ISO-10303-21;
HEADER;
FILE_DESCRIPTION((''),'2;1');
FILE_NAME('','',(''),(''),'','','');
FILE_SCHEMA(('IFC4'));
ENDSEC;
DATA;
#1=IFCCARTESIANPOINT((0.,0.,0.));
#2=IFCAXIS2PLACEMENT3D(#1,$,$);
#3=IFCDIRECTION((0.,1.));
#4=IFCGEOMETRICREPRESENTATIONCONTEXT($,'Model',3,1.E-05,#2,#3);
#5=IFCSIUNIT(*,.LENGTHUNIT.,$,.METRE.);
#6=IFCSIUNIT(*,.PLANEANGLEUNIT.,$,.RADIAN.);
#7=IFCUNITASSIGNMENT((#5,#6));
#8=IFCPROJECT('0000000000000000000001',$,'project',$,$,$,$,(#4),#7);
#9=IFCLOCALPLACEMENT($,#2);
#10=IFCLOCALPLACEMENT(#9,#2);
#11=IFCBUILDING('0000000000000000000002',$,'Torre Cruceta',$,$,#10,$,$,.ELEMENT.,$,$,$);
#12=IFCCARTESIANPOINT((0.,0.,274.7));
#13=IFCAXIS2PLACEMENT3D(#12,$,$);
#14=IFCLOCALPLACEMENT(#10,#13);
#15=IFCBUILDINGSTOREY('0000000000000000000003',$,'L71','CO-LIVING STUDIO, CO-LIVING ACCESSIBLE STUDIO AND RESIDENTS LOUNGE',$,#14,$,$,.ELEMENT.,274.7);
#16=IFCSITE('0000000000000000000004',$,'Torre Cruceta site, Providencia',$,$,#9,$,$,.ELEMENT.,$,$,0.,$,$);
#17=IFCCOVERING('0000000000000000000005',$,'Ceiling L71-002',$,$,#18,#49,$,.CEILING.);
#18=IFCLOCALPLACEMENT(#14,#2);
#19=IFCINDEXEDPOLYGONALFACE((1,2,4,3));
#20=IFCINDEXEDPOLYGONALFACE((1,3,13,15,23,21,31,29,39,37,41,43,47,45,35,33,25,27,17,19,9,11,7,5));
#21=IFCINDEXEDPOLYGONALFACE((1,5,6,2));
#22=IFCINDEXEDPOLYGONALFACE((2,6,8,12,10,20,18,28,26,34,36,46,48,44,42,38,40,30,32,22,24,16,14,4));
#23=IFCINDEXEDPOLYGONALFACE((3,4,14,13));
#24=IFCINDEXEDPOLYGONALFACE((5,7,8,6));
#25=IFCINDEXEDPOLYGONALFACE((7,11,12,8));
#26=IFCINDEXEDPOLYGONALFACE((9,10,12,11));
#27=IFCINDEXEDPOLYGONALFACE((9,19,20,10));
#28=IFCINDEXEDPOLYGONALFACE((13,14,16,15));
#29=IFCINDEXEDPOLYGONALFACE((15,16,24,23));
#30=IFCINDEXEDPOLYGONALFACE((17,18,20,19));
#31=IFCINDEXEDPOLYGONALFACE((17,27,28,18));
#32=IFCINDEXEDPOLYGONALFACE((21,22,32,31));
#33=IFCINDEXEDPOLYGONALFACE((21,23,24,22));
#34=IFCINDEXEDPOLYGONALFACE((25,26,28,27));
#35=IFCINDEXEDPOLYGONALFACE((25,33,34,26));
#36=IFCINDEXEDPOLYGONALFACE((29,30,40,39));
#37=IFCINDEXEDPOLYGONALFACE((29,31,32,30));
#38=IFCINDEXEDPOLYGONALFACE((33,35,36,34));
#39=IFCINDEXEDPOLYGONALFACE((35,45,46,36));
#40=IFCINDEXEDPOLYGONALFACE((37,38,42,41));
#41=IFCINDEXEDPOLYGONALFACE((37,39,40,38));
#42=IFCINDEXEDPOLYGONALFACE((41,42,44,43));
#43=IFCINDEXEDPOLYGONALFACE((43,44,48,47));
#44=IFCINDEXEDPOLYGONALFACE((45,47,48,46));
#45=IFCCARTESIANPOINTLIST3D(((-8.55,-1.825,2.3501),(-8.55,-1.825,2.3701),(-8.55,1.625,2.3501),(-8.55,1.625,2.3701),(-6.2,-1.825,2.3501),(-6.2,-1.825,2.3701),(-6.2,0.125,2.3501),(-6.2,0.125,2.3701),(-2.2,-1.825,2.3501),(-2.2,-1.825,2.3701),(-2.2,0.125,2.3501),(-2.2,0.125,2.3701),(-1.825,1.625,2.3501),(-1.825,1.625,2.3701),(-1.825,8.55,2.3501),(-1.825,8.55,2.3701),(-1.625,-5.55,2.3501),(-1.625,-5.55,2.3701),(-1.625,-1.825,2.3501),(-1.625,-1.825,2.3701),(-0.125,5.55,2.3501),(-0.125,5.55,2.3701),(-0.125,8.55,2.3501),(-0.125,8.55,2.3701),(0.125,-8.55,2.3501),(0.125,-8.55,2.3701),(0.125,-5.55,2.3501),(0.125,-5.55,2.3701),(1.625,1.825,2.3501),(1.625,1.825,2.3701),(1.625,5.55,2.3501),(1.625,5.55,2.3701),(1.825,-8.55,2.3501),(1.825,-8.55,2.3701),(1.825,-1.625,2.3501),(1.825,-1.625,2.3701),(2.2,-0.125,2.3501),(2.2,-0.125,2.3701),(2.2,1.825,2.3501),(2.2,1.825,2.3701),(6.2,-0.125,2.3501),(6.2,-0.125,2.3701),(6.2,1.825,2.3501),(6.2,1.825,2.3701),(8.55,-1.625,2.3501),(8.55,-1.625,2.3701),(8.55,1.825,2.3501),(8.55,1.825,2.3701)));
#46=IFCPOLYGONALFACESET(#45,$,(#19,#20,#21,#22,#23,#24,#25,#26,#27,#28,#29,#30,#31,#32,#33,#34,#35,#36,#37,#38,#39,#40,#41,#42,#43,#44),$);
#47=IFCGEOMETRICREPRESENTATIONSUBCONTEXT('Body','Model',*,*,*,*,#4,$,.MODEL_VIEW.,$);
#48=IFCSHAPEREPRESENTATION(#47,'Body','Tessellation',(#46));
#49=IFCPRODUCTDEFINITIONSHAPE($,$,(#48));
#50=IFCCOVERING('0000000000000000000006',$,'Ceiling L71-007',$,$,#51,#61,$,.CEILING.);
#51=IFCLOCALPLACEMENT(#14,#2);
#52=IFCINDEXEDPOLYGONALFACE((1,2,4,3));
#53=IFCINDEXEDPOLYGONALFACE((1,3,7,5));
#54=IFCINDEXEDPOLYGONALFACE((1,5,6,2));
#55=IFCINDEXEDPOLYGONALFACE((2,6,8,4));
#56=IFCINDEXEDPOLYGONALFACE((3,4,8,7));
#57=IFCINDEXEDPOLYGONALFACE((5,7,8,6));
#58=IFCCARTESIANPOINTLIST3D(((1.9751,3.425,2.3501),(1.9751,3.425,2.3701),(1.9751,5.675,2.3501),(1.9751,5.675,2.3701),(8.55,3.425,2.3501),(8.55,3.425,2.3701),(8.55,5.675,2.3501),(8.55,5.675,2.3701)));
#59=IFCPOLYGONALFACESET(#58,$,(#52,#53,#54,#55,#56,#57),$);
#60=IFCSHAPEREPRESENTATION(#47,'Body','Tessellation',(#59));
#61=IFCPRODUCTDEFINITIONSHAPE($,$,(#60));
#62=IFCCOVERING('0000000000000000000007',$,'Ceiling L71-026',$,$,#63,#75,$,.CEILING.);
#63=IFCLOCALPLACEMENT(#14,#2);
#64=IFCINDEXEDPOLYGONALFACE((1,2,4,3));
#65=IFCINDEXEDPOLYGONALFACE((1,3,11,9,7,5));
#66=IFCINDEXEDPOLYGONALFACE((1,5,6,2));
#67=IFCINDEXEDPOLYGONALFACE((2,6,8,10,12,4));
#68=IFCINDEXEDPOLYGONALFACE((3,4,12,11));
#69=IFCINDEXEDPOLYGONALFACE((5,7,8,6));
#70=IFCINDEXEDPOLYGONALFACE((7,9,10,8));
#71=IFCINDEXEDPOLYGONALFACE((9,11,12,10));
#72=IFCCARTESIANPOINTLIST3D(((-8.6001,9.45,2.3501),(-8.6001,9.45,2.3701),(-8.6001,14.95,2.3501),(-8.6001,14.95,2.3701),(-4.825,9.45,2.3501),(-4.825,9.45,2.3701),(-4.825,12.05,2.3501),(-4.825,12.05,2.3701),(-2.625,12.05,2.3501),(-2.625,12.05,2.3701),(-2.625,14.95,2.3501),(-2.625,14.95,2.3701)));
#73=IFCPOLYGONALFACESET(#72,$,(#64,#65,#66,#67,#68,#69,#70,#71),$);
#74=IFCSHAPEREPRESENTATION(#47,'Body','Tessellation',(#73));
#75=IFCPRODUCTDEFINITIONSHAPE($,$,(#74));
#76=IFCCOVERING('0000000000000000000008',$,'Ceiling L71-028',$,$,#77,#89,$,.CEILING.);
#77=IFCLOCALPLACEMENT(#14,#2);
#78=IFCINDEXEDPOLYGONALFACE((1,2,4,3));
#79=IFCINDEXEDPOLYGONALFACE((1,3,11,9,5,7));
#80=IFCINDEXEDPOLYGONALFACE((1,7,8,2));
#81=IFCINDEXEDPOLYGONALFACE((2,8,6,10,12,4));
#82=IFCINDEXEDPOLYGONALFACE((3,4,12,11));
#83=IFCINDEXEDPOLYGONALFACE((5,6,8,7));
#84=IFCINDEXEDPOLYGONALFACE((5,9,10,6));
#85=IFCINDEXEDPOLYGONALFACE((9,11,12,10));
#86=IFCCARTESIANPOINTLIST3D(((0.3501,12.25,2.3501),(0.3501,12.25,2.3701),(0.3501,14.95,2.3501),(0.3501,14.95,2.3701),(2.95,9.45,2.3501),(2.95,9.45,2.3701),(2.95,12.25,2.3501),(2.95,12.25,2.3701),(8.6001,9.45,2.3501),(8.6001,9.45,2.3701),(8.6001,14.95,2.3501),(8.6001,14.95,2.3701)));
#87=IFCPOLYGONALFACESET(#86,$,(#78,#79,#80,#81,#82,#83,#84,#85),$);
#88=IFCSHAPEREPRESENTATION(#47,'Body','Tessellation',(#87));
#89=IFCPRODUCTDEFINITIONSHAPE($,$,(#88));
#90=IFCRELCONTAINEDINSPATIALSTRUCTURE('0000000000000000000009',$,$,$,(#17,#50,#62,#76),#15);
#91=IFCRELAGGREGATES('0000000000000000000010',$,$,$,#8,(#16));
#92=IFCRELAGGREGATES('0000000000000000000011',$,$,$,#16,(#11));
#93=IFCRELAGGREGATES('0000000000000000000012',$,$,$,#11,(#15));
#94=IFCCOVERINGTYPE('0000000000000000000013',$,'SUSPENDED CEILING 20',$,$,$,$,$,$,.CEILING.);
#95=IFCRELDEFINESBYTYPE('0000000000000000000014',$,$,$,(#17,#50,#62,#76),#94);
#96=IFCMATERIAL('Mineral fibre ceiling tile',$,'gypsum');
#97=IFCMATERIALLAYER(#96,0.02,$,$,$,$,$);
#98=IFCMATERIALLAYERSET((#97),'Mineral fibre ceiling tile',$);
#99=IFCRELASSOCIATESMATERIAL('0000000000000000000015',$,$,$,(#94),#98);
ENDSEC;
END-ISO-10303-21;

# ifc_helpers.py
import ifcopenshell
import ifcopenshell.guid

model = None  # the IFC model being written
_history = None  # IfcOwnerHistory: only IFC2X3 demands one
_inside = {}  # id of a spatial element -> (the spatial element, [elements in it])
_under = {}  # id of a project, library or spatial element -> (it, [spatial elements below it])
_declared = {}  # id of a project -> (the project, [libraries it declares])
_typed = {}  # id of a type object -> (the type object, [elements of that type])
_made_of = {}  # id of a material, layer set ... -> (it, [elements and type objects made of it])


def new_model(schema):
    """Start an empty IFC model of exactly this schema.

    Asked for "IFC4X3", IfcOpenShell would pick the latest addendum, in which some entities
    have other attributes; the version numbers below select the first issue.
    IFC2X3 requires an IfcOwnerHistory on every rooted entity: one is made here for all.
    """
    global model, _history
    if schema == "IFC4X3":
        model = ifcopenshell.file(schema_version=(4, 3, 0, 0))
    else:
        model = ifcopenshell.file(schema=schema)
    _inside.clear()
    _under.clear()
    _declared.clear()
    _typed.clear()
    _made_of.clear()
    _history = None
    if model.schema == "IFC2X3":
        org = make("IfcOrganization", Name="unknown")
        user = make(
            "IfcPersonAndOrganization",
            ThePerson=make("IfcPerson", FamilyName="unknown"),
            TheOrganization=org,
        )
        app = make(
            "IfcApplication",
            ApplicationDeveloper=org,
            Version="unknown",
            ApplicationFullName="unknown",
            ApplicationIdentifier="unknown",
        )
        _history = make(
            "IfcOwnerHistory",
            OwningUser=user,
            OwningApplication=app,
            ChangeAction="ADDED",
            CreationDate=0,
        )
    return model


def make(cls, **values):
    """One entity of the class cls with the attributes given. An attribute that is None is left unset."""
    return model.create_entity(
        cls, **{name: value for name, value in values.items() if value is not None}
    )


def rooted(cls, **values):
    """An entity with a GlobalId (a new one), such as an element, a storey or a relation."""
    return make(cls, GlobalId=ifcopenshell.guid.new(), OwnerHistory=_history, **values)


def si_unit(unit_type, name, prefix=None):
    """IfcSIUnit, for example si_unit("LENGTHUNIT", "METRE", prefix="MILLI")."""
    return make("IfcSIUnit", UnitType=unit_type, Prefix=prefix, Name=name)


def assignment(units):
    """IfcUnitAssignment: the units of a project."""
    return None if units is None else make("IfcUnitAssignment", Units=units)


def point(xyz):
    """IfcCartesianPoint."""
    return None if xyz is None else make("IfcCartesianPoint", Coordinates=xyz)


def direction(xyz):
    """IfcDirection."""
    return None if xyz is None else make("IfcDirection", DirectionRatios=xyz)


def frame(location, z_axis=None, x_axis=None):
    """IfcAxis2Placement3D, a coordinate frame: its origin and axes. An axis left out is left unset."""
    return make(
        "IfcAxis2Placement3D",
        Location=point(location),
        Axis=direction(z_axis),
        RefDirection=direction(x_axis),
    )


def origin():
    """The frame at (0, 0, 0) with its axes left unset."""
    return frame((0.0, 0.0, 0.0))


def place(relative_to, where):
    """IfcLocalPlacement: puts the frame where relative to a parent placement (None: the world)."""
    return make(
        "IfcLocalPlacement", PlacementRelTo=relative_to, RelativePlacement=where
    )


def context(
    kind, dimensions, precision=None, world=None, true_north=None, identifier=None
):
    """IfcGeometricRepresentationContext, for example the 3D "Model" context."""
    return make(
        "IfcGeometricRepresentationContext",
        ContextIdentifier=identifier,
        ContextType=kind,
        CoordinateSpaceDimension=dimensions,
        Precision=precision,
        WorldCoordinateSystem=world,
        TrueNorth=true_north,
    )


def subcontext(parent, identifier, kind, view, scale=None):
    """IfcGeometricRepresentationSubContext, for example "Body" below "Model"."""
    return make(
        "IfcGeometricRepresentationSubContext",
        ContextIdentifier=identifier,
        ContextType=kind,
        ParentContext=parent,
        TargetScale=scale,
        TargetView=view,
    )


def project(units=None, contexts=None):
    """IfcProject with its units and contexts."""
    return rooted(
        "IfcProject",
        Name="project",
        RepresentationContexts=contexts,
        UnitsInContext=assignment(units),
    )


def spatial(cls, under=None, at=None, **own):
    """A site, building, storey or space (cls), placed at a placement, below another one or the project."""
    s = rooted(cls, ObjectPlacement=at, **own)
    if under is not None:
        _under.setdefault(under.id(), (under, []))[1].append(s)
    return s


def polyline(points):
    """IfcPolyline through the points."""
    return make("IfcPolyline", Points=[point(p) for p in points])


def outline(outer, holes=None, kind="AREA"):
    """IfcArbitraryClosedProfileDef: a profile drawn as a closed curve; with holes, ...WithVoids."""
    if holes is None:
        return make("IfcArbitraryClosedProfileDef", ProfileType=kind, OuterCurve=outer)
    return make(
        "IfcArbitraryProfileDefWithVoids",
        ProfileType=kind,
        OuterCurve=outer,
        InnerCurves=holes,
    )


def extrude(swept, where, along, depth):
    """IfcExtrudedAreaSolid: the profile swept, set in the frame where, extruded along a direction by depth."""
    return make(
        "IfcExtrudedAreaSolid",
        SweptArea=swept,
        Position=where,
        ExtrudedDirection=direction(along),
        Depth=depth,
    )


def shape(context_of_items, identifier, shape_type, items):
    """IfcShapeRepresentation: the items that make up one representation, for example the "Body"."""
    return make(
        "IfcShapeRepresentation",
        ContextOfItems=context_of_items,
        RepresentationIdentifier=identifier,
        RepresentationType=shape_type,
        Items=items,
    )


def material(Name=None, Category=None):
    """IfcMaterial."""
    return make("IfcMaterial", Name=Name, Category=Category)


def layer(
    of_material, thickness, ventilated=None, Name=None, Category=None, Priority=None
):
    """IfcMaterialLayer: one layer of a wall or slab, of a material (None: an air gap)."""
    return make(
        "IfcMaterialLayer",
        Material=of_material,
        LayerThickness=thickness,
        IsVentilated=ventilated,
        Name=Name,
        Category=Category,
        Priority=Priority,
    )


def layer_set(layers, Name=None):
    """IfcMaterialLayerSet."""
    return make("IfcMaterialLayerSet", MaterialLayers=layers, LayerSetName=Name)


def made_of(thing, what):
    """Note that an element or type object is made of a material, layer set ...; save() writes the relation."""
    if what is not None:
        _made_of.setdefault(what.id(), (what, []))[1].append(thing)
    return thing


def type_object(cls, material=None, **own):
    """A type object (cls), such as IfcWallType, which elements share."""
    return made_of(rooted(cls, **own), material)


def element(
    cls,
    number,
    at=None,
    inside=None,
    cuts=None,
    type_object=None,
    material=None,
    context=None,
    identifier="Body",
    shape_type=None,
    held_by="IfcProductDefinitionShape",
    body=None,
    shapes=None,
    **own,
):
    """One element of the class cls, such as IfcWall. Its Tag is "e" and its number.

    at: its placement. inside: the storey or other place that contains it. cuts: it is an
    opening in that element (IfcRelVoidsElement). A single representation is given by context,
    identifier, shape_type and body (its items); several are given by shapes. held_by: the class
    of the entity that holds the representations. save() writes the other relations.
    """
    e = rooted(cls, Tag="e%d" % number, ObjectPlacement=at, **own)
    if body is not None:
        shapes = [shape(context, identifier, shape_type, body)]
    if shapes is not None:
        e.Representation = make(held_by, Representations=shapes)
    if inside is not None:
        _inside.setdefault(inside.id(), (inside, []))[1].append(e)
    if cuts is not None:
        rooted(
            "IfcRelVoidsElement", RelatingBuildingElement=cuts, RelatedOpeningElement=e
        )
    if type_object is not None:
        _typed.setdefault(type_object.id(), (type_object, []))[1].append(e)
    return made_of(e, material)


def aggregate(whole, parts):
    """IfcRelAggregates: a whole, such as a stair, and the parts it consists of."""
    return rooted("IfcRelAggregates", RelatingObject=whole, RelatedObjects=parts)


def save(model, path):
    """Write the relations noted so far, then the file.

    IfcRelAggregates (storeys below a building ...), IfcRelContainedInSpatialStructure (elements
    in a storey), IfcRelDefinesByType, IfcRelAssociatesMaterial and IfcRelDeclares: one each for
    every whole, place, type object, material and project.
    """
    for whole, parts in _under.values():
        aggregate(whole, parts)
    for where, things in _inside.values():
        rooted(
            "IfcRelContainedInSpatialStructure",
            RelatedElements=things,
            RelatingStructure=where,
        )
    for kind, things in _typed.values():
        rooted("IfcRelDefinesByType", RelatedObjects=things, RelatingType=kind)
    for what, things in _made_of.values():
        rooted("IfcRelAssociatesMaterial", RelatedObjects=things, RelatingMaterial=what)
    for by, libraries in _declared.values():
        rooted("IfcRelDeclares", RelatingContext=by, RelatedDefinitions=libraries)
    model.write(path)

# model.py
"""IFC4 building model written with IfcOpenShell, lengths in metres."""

from ifc_helpers import new_model, si_unit, direction, frame, origin, place, context, subcontext, project, spatial, polyline, outline, extrude, material, layer, layer_set, type_object, element, save


model = new_model("IFC4")

# Units and contexts
model_context = context("Model", 3, precision=1e-05, world=origin(), true_north=direction((0.0, 1.0)))
body_context = subcontext(model_context, "Body", "Model", "MODEL_VIEW")
ifc_project = project(units=[si_unit("LENGTHUNIT", "METRE"), si_unit("PLANEANGLEUNIT", "RADIAN")], contexts=[model_context])

# Site, building, storey
site_placement = place(None, origin())
site = spatial("IfcSite", under=ifc_project, at=site_placement, Name="Torre Cruceta site, Providencia", CompositionType="ELEMENT", RefElevation=0.0)
building_placement = place(site_placement, origin())
building = spatial("IfcBuilding", under=site, at=building_placement, Name="Torre Cruceta", CompositionType="ELEMENT")
storey_placement = place(building_placement, frame((0.0, 0.0, 274.7)))
storey = spatial("IfcBuildingStorey", under=building, at=storey_placement, Name="L71", Description="CO-LIVING STUDIO, CO-LIVING ACCESSIBLE STUDIO AND RESIDENTS LOUNGE", CompositionType="ELEMENT", Elevation=274.7)

# Coverings
ifc_material_1 = material(Name="Mineral fibre ceiling tile", Category="gypsum")
ifc_layer_1 = layer(ifc_material_1, 0.02)
ifc_layer_set_1 = layer_set([ifc_layer_1], Name="Mineral fibre ceiling tile")
covering_type = type_object("IfcCoveringType", Name="SUSPENDED CEILING 20", PredefinedType="CEILING", material=ifc_layer_set_1)
covering_1_placement = place(storey_placement, frame((0.0, 0.0, 2.3501)))
element("IfcCovering", 1, at=covering_1_placement, inside=storey, type_object=covering_type, Name="Ceiling L71-002", PredefinedType="CEILING", context=body_context, shape_type="SweptSolid", body=[
    extrude(outline(polyline([(1.825, -8.55), (0.125, -8.55), (0.125, -5.55), (-1.625, -5.55), (-1.625, -1.825), (-2.2, -1.825), (-2.2, 0.125), (-6.2, 0.125), (-6.2, -1.825), (-8.55, -1.825), (-8.55, 1.625), (-1.825, 1.625), (-1.825, 8.55), (-0.125, 8.55), (-0.125, 5.55), (1.625, 5.55), (1.625, 1.825), (2.2, 1.825), (2.2, -0.125), (6.2, -0.125), (6.2, 1.825), (8.55, 1.825), (8.55, -1.625), (1.825, -1.625), (1.825, -8.55)])), origin(), (0.0, 0.0, 1.0), 0.02),
])
covering_2_placement = place(storey_placement, frame((0.0, 0.0, 2.3501)))
element("IfcCovering", 2, at=covering_2_placement, inside=storey, type_object=covering_type, Name="Ceiling L71-007", PredefinedType="CEILING", context=body_context, shape_type="SweptSolid", body=[
    extrude(outline(polyline([(1.9751, 3.425), (1.9751, 5.675), (8.55, 5.675), (8.55, 3.425), (1.9751, 3.425)])), origin(), (0.0, 0.0, 1.0), 0.02),
])
covering_3_placement = place(storey_placement, frame((0.0, 0.0, 2.3501)))
element("IfcCovering", 3, at=covering_3_placement, inside=storey, type_object=covering_type, Name="Ceiling L71-026", PredefinedType="CEILING", context=body_context, shape_type="SweptSolid", body=[
    extrude(outline(polyline([(-8.6001, 9.45), (-8.6001, 14.95), (-2.625, 14.95), (-2.625, 12.05), (-4.825, 12.05), (-4.825, 9.45), (-8.6001, 9.45)])), origin(), (0.0, 0.0, 1.0), 0.02),
])
covering_4_placement = place(storey_placement, frame((0.0, 0.0, 2.3501)))
element("IfcCovering", 4, at=covering_4_placement, inside=storey, type_object=covering_type, Name="Ceiling L71-028", PredefinedType="CEILING", context=body_context, shape_type="SweptSolid", body=[
    extrude(outline(polyline([(0.3501, 14.95), (8.6001, 14.95), (8.6001, 9.45), (2.95, 9.45), (2.95, 12.25), (0.3501, 12.25), (0.3501, 14.95)])), origin(), (0.0, 0.0, 1.0), 0.02),
])

save(model, "model.ifc")
